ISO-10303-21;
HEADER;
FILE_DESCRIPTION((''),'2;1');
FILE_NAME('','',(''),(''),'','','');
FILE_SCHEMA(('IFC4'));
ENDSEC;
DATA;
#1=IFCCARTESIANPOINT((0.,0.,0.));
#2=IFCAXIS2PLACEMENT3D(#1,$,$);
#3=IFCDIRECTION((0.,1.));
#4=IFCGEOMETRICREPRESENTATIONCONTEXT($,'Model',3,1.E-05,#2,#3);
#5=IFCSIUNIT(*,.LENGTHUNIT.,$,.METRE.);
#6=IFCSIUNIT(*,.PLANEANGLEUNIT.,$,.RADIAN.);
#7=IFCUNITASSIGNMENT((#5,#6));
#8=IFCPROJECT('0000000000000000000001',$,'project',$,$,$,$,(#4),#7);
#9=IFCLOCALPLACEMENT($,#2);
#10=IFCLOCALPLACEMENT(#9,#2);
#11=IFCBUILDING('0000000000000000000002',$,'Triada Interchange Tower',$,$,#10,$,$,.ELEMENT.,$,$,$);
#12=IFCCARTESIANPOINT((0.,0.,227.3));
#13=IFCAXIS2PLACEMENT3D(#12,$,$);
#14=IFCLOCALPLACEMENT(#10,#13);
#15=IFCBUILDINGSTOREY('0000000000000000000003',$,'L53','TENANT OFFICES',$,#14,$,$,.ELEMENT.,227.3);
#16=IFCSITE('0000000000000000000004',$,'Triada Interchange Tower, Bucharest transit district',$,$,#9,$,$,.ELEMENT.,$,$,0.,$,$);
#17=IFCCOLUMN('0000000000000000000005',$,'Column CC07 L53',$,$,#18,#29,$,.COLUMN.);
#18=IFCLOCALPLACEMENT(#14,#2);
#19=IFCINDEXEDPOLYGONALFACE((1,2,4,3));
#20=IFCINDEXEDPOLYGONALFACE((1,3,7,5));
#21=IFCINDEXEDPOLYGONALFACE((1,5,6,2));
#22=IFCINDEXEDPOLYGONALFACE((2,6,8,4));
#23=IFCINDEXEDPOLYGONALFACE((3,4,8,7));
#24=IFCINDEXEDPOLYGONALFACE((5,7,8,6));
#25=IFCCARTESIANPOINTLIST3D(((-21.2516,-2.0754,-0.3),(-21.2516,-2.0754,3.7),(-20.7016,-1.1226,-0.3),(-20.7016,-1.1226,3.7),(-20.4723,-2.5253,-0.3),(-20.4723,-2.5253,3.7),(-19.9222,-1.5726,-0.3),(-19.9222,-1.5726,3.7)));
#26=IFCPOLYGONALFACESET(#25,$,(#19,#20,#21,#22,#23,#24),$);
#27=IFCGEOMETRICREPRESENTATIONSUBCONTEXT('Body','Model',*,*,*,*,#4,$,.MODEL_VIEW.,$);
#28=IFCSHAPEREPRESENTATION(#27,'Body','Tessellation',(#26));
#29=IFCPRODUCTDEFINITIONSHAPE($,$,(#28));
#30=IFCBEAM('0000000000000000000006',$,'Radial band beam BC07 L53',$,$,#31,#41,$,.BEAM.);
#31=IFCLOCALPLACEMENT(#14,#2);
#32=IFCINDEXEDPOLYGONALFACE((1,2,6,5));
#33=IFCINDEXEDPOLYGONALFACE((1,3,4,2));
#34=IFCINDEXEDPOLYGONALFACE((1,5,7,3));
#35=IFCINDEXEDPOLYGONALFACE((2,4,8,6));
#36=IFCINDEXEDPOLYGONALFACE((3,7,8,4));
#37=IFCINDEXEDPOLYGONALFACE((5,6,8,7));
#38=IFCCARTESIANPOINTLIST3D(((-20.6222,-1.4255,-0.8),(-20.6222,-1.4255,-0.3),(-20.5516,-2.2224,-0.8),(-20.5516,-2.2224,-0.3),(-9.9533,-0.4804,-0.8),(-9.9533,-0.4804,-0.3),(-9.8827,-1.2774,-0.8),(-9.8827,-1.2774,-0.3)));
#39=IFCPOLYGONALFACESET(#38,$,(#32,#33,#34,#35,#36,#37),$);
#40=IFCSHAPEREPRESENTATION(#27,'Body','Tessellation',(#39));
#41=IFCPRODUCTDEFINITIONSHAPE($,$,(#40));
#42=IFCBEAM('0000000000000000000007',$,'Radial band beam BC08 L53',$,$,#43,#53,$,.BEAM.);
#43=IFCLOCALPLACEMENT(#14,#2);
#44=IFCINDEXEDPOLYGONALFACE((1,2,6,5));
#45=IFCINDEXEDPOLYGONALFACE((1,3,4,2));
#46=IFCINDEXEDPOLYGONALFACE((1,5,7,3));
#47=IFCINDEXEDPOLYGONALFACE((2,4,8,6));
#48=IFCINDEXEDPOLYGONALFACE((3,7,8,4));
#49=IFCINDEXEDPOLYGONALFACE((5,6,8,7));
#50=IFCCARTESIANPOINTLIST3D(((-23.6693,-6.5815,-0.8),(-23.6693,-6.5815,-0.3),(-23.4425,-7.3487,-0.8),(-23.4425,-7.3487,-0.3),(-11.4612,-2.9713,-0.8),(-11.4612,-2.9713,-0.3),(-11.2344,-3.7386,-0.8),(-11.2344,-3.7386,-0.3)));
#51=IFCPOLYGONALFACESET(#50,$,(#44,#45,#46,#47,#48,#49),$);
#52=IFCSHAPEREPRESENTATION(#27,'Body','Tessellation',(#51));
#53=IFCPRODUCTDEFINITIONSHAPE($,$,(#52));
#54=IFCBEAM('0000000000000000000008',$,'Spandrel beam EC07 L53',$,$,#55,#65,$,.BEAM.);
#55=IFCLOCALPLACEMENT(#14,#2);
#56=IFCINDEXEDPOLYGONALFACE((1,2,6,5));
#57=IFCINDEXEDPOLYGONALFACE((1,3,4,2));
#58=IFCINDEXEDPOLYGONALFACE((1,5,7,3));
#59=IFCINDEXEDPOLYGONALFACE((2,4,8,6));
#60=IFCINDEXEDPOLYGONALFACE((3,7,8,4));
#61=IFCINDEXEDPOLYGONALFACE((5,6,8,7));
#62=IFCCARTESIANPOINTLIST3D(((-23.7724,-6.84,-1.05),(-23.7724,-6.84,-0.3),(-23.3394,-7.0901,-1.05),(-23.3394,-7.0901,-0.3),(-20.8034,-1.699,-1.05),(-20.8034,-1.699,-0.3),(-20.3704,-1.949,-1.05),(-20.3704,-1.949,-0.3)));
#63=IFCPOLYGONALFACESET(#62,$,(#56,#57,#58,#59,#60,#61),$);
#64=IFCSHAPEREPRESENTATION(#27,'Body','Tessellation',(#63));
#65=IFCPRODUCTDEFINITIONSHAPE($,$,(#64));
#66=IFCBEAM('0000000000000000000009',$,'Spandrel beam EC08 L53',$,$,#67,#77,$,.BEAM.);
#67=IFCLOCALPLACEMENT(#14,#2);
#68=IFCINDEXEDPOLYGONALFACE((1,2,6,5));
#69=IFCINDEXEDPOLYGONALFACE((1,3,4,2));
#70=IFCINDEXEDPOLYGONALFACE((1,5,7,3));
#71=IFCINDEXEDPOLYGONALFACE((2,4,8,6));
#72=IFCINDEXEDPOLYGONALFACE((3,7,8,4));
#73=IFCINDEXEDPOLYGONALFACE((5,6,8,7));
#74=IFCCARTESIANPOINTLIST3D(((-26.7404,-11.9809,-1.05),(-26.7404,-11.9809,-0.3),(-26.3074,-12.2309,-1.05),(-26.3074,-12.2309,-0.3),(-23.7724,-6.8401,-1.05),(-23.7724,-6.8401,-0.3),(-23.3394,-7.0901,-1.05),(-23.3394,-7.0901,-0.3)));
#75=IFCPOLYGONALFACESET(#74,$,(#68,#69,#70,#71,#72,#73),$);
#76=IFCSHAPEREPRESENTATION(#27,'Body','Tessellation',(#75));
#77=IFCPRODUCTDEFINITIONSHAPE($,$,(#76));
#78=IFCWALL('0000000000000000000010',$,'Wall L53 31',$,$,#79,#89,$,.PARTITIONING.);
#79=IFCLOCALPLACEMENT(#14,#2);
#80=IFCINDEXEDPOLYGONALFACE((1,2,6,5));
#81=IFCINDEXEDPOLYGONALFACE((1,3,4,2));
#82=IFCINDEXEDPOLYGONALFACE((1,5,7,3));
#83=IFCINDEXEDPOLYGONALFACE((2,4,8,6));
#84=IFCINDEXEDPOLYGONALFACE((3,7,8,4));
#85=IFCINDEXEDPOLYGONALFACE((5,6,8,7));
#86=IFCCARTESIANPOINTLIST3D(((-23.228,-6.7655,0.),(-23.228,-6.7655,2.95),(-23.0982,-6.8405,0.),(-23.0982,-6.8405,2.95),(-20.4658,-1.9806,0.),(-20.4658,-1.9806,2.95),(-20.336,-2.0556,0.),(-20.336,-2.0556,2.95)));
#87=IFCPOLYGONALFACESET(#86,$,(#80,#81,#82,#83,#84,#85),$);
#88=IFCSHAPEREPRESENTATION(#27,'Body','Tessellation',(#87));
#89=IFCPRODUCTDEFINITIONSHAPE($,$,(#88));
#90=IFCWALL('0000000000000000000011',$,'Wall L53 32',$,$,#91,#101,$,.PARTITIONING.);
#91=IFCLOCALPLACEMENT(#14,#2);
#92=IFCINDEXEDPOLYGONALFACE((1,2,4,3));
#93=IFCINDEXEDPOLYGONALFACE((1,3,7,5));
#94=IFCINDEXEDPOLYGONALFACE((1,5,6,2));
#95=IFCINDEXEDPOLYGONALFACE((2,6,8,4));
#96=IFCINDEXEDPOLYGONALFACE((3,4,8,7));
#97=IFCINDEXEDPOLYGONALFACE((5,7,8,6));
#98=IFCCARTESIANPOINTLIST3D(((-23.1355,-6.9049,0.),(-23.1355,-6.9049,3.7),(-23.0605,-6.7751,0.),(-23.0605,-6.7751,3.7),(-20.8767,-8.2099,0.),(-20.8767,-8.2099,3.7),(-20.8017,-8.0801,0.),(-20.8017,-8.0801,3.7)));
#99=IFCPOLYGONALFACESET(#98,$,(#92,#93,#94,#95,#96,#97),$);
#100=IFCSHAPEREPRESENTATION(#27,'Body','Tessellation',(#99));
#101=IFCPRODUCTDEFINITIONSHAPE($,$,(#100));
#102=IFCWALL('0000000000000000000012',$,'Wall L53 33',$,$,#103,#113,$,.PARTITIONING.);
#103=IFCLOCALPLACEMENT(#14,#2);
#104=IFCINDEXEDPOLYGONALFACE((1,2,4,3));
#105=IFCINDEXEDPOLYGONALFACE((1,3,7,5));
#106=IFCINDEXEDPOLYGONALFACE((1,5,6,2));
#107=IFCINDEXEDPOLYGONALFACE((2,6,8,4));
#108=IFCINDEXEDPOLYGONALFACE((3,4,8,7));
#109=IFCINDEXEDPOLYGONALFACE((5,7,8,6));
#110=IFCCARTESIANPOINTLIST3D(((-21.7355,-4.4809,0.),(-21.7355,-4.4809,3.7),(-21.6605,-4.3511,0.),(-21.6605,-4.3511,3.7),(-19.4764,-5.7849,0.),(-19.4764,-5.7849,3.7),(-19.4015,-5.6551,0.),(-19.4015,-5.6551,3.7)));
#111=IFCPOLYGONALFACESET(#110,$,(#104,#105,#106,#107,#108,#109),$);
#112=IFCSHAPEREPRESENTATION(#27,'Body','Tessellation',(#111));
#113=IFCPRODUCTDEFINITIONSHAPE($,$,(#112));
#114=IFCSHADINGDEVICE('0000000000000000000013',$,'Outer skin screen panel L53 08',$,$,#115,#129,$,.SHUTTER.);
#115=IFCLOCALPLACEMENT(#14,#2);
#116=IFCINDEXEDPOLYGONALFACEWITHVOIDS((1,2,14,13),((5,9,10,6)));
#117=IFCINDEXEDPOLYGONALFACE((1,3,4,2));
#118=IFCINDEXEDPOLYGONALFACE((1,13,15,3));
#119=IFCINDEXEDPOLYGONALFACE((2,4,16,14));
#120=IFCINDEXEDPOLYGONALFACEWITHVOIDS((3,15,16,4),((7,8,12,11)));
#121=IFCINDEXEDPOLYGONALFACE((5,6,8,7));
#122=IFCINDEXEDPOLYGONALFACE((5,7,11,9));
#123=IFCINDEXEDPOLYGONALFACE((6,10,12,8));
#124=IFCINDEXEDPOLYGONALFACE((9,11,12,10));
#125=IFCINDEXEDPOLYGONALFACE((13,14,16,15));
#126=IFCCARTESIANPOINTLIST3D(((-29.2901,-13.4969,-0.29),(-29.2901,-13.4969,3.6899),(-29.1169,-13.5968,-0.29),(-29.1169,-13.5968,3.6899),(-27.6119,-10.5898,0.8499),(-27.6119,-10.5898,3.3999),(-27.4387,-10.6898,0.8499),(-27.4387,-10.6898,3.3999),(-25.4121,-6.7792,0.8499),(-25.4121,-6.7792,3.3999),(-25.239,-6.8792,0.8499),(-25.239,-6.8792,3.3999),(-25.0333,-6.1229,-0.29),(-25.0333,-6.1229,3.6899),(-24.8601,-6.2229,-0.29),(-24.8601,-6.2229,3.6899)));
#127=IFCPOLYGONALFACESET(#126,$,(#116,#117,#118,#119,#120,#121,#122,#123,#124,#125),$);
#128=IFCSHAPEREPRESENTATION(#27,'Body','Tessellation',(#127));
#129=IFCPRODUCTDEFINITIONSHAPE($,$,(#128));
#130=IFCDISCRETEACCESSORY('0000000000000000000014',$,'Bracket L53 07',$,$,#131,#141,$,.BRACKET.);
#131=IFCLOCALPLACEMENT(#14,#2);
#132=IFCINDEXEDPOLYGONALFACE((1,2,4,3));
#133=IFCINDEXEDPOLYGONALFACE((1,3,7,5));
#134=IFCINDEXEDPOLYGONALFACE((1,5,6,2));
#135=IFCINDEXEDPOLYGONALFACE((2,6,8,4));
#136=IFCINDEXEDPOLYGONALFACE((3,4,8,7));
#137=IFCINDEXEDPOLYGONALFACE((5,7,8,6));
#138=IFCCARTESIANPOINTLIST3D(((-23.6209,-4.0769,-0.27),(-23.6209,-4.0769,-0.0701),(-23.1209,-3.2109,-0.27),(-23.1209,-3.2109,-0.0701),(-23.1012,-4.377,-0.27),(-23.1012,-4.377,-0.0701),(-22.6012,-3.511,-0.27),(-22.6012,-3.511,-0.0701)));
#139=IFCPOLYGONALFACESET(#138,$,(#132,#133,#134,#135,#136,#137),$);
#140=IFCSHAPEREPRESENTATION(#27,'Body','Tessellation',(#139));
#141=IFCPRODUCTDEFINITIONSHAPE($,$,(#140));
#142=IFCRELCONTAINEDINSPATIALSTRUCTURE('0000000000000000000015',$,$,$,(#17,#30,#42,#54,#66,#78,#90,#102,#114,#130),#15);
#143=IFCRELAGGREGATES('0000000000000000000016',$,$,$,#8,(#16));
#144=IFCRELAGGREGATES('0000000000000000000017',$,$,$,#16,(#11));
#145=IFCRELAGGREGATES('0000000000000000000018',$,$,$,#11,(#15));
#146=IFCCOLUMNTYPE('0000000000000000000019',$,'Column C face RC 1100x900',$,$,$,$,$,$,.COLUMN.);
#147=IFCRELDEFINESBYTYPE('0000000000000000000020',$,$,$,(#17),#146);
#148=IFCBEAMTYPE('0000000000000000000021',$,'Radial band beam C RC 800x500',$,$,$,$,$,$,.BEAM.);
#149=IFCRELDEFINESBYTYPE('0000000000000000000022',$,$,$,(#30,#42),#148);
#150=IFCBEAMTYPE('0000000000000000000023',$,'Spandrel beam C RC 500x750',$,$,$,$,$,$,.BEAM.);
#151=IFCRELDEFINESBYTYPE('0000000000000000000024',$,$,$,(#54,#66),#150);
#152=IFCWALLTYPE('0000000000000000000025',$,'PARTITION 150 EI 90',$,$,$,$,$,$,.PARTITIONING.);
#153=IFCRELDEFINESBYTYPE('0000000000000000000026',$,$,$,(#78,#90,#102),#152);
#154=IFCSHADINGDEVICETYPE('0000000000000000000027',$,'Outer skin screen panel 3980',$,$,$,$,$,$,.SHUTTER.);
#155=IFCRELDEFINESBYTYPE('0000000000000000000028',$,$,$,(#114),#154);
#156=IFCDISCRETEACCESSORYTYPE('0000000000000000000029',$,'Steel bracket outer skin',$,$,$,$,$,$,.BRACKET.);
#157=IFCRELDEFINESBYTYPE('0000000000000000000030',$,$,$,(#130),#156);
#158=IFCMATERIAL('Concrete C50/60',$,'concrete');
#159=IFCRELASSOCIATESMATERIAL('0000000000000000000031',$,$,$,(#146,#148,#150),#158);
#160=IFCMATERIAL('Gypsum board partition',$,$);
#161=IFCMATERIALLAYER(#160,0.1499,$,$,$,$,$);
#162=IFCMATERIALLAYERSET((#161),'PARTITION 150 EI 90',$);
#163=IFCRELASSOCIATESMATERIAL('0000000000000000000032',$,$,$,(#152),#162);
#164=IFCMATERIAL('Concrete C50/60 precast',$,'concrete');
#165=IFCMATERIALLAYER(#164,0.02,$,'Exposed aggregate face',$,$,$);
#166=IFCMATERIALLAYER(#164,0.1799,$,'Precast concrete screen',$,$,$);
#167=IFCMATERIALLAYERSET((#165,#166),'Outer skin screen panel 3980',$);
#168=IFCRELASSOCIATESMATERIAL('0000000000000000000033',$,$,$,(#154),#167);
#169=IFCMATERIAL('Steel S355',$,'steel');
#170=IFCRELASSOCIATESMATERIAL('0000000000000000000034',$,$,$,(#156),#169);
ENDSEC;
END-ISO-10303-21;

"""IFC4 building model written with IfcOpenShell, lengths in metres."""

from ifc_helpers import new_model, si_unit, direction, frame, frame_2d, origin, origin_2d, place, context, subcontext, project, spatial, polyline, rectangle, outline, extrude, material, layer, layer_set, material_profile, profile_set, type_object, element, save


model = new_model("IFC4")

# Units and contexts
model_context = context("Model", 3, precision=1e-05, world=origin(), true_north=direction((0.0, 1.0)))
body_context = subcontext(model_context, "Body", "Model", "MODEL_VIEW")
ifc_project = project(units=[si_unit("LENGTHUNIT", "METRE"), si_unit("PLANEANGLEUNIT", "RADIAN")], contexts=[model_context])

# Site, building, storey
site_placement = place(None, origin())
site = spatial("IfcSite", under=ifc_project, at=site_placement, Name="Triada Interchange Tower, Bucharest transit district", CompositionType="ELEMENT", RefElevation=0.0)
building_placement = place(site_placement, origin())
building = spatial("IfcBuilding", under=site, at=building_placement, Name="Triada Interchange Tower", CompositionType="ELEMENT")
storey_placement = place(building_placement, frame((0.0, 0.0, 227.3)))
storey = spatial("IfcBuildingStorey", under=building, at=storey_placement, Name="L53", Description="TENANT OFFICES", CompositionType="ELEMENT", Elevation=227.3)

# Column
ifc_material_1 = material(Name="Concrete C50/60", Category="concrete")
ifc_material_profile_1 = material_profile(ifc_material_1, rectangle(XDim=1.1001, YDim=0.8999, at=origin_2d()), Name="RC 1100x900")
ifc_profile_set_1 = profile_set([ifc_material_profile_1], Name="Concrete C50/60")
column_type = type_object("IfcColumnType", Name="Column C face RC 1100x900", PredefinedType="COLUMN", material=ifc_profile_set_1)
column_placement = place(storey_placement, frame((-20.5869, -1.824, -0.3), z_axis=(0.0, 0.0, 1.0), x_axis=(0.5, 0.866025, 0.0)))
element("IfcColumn", 1, at=column_placement, inside=storey, type_object=column_type, Name="Column CC07 L53", PredefinedType="COLUMN", context=body_context, shape_type="SweptSolid", body=[
    extrude(rectangle(XDim=1.1001, YDim=0.8999, at=origin_2d()), origin(), (0.0, 0.0, 1.0), 4.0),
])

# Beams
ifc_material_profile_2 = material_profile(ifc_material_1, rectangle(XDim=0.8, YDim=0.5, at=origin_2d()), Name="RC 800x500")
ifc_profile_set_2 = profile_set([ifc_material_profile_2], Name="Concrete C50/60")
beam_type_1 = type_object("IfcBeamType", Name="Radial band beam C RC 800x500", PredefinedType="BEAM", material=ifc_profile_set_2)
beam_1_placement = place(storey_placement, frame((-20.5869, -1.824, -0.55), z_axis=(0.9961, 0.088236, 0.0), x_axis=(-0.088236, 0.9961, 0.0)))
element("IfcBeam", 2, at=beam_1_placement, inside=storey, type_object=beam_type_1, Name="Radial band beam BC07 L53", PredefinedType="BEAM", context=body_context, shape_type="SweptSolid", body=[
    extrude(rectangle(XDim=0.8, YDim=0.5, at=origin_2d()), origin(), (0.0, 0.0, 1.0), 10.7107),
])
beam_2_placement = place(storey_placement, frame((-23.5559, -6.9651, -0.55), z_axis=(0.958949, 0.283577, 0.0), x_axis=(-0.283577, 0.958949, 0.0)))
element("IfcBeam", 3, at=beam_2_placement, inside=storey, type_object=beam_type_1, Name="Radial band beam BC08 L53", PredefinedType="BEAM", context=body_context, shape_type="SweptSolid", body=[
    extrude(rectangle(XDim=0.8, YDim=0.5, at=origin_2d()), origin(), (0.0, 0.0, 1.0), 12.7307),
])
ifc_material_profile_3 = material_profile(ifc_material_1, rectangle(XDim=0.5, YDim=0.75, at=origin_2d()), Name="RC 500x750")
ifc_profile_set_3 = profile_set([ifc_material_profile_3], Name="Concrete C50/60")
beam_type_2 = type_object("IfcBeamType", Name="Spandrel beam C RC 500x750", PredefinedType="BEAM", material=ifc_profile_set_3)
beam_3_placement = place(storey_placement, frame((-20.5869, -1.824, -0.675), z_axis=(-0.500097, -0.865969, 0.0), x_axis=(0.865969, -0.500097, 0.0)))
element("IfcBeam", 4, at=beam_3_placement, inside=storey, type_object=beam_type_2, Name="Spandrel beam EC07 L53", PredefinedType="BEAM", context=body_context, shape_type="SweptSolid", body=[
    extrude(rectangle(XDim=0.5, YDim=0.75, at=origin_2d()), origin(), (0.0, 0.0, 1.0), 5.9368),
])
beam_4_placement = place(storey_placement, frame((-23.5559, -6.9651, -0.675), z_axis=(-0.499992, -0.86603, 0.0), x_axis=(0.86603, -0.499992, 0.0)))
element("IfcBeam", 5, at=beam_4_placement, inside=storey, type_object=beam_type_2, Name="Spandrel beam EC08 L53", PredefinedType="BEAM", context=body_context, shape_type="SweptSolid", body=[
    extrude(rectangle(XDim=0.5, YDim=0.75, at=origin_2d()), origin(), (0.0, 0.0, 1.0), 5.936),
])

# Walls
ifc_material_2 = material(Name="Gypsum board partition")
ifc_layer_1 = layer(ifc_material_2, 0.1499)
ifc_layer_set_1 = layer_set([ifc_layer_1], Name="PARTITION 150 EI 90")
wall_type = type_object("IfcWallType", Name="PARTITION 150 EI 90", PredefinedType="PARTITIONING", material=ifc_layer_set_1)
wall_1_placement = place(storey_placement, frame((-23.1631, -6.803, 0.0), z_axis=(0.0, 0.0, 1.0), x_axis=(0.499951, 0.866054, 0.0)))
element("IfcWall", 6, at=wall_1_placement, inside=storey, type_object=wall_type, Name="Wall L53 31", PredefinedType="PARTITIONING", context=body_context, shape_type="SweptSolid", body=[
    extrude(rectangle(XDim=5.5249, YDim=0.1499, at=frame_2d((2.7625, 0.0))), origin(), (0.0, 0.0, 1.0), 2.95),
])
wall_2_placement = place(storey_placement, frame((-23.0979, -6.8401, 0.0), z_axis=(0.0, 0.0, 1.0), x_axis=(0.865889, -0.500235, 0.0)))
element("IfcWall", 7, at=wall_2_placement, inside=storey, type_object=wall_type, Name="Wall L53 32", PredefinedType="PARTITIONING", context=body_context, shape_type="SweptSolid", body=[
    extrude(rectangle(XDim=2.6086, YDim=0.1499, at=frame_2d((1.3042, 0.0))), origin(), (0.0, 0.0, 1.0), 3.7),
])
wall_3_placement = place(storey_placement, frame((-21.698, -4.416, 0.0), z_axis=(0.0, 0.0, 1.0), x_axis=(0.866075, -0.499914, 0.0)))
element("IfcWall", 8, at=wall_3_placement, inside=storey, type_object=wall_type, Name="Wall L53 33", PredefinedType="PARTITIONING", context=body_context, shape_type="SweptSolid", body=[
    extrude(rectangle(XDim=2.6084, YDim=0.1499, at=frame_2d((1.3042, 0.0))), origin(), (0.0, 0.0, 1.0), 3.7),
])

# Shading device
ifc_material_3 = material(Name="Concrete C50/60 precast", Category="concrete")
ifc_layer_2 = layer(ifc_material_3, 0.02, Name="Exposed aggregate face")
ifc_layer_3 = layer(ifc_material_3, 0.1799, Name="Precast concrete screen")
ifc_layer_set_2 = layer_set([ifc_layer_2, ifc_layer_3], Name="Outer skin screen panel 3980")
shading_device_type = type_object("IfcShadingDeviceType", Name="Outer skin screen panel 3980", PredefinedType="SHUTTER", material=ifc_layer_set_2)
shading_device_placement = place(storey_placement, frame((-24.8601, -6.2229, -0.29), z_axis=(0.0, 0.0, 1.0), x_axis=(-0.499951, -0.866054, 0.0)))
element("IfcShadingDevice", 9, at=shading_device_placement, inside=storey, type_object=shading_device_type, Name="Outer skin screen panel L53 08", PredefinedType="SHUTTER", context=body_context, shape_type="SweptSolid", body=[
    extrude(outline(polyline([(0.0, 0.0), (8.5144, 0.0), (8.5144, 3.98), (0.0, 3.98), (0.0, 0.0)]), holes=[polyline([(0.7578, 1.1399), (0.7578, 3.6899), (5.1577, 3.6899), (5.1577, 1.1399), (0.7578, 1.1399)])]), frame((0.0, 0.0, 0.0), z_axis=(0.0, -1.0, 0.0), x_axis=(1.0, 0.0, 0.0)), (0.0, 0.0, 1.0), 0.2),
])

# Discrete accessory
ifc_material_4 = material(Name="Steel S355", Category="steel")
discrete_accessory_type = type_object("IfcDiscreteAccessoryType", Name="Steel bracket outer skin", PredefinedType="BRACKET", material=ifc_material_4)
discrete_accessory_placement = place(storey_placement, frame((-23.1111, -3.7939, -0.27), z_axis=(0.0, 0.0, 1.0), x_axis=(-0.866014, 0.500019, 0.0)))
element("IfcDiscreteAccessory", 10, at=discrete_accessory_placement, inside=storey, type_object=discrete_accessory_type, Name="Bracket L53 07", PredefinedType="BRACKET", context=body_context, shape_type="SweptSolid", body=[
    extrude(rectangle(XDim=0.6001, YDim=1.0, at=origin_2d()), origin(), (0.0, 0.0, 1.0), 0.2),
])

save(model, "model.ifc")
